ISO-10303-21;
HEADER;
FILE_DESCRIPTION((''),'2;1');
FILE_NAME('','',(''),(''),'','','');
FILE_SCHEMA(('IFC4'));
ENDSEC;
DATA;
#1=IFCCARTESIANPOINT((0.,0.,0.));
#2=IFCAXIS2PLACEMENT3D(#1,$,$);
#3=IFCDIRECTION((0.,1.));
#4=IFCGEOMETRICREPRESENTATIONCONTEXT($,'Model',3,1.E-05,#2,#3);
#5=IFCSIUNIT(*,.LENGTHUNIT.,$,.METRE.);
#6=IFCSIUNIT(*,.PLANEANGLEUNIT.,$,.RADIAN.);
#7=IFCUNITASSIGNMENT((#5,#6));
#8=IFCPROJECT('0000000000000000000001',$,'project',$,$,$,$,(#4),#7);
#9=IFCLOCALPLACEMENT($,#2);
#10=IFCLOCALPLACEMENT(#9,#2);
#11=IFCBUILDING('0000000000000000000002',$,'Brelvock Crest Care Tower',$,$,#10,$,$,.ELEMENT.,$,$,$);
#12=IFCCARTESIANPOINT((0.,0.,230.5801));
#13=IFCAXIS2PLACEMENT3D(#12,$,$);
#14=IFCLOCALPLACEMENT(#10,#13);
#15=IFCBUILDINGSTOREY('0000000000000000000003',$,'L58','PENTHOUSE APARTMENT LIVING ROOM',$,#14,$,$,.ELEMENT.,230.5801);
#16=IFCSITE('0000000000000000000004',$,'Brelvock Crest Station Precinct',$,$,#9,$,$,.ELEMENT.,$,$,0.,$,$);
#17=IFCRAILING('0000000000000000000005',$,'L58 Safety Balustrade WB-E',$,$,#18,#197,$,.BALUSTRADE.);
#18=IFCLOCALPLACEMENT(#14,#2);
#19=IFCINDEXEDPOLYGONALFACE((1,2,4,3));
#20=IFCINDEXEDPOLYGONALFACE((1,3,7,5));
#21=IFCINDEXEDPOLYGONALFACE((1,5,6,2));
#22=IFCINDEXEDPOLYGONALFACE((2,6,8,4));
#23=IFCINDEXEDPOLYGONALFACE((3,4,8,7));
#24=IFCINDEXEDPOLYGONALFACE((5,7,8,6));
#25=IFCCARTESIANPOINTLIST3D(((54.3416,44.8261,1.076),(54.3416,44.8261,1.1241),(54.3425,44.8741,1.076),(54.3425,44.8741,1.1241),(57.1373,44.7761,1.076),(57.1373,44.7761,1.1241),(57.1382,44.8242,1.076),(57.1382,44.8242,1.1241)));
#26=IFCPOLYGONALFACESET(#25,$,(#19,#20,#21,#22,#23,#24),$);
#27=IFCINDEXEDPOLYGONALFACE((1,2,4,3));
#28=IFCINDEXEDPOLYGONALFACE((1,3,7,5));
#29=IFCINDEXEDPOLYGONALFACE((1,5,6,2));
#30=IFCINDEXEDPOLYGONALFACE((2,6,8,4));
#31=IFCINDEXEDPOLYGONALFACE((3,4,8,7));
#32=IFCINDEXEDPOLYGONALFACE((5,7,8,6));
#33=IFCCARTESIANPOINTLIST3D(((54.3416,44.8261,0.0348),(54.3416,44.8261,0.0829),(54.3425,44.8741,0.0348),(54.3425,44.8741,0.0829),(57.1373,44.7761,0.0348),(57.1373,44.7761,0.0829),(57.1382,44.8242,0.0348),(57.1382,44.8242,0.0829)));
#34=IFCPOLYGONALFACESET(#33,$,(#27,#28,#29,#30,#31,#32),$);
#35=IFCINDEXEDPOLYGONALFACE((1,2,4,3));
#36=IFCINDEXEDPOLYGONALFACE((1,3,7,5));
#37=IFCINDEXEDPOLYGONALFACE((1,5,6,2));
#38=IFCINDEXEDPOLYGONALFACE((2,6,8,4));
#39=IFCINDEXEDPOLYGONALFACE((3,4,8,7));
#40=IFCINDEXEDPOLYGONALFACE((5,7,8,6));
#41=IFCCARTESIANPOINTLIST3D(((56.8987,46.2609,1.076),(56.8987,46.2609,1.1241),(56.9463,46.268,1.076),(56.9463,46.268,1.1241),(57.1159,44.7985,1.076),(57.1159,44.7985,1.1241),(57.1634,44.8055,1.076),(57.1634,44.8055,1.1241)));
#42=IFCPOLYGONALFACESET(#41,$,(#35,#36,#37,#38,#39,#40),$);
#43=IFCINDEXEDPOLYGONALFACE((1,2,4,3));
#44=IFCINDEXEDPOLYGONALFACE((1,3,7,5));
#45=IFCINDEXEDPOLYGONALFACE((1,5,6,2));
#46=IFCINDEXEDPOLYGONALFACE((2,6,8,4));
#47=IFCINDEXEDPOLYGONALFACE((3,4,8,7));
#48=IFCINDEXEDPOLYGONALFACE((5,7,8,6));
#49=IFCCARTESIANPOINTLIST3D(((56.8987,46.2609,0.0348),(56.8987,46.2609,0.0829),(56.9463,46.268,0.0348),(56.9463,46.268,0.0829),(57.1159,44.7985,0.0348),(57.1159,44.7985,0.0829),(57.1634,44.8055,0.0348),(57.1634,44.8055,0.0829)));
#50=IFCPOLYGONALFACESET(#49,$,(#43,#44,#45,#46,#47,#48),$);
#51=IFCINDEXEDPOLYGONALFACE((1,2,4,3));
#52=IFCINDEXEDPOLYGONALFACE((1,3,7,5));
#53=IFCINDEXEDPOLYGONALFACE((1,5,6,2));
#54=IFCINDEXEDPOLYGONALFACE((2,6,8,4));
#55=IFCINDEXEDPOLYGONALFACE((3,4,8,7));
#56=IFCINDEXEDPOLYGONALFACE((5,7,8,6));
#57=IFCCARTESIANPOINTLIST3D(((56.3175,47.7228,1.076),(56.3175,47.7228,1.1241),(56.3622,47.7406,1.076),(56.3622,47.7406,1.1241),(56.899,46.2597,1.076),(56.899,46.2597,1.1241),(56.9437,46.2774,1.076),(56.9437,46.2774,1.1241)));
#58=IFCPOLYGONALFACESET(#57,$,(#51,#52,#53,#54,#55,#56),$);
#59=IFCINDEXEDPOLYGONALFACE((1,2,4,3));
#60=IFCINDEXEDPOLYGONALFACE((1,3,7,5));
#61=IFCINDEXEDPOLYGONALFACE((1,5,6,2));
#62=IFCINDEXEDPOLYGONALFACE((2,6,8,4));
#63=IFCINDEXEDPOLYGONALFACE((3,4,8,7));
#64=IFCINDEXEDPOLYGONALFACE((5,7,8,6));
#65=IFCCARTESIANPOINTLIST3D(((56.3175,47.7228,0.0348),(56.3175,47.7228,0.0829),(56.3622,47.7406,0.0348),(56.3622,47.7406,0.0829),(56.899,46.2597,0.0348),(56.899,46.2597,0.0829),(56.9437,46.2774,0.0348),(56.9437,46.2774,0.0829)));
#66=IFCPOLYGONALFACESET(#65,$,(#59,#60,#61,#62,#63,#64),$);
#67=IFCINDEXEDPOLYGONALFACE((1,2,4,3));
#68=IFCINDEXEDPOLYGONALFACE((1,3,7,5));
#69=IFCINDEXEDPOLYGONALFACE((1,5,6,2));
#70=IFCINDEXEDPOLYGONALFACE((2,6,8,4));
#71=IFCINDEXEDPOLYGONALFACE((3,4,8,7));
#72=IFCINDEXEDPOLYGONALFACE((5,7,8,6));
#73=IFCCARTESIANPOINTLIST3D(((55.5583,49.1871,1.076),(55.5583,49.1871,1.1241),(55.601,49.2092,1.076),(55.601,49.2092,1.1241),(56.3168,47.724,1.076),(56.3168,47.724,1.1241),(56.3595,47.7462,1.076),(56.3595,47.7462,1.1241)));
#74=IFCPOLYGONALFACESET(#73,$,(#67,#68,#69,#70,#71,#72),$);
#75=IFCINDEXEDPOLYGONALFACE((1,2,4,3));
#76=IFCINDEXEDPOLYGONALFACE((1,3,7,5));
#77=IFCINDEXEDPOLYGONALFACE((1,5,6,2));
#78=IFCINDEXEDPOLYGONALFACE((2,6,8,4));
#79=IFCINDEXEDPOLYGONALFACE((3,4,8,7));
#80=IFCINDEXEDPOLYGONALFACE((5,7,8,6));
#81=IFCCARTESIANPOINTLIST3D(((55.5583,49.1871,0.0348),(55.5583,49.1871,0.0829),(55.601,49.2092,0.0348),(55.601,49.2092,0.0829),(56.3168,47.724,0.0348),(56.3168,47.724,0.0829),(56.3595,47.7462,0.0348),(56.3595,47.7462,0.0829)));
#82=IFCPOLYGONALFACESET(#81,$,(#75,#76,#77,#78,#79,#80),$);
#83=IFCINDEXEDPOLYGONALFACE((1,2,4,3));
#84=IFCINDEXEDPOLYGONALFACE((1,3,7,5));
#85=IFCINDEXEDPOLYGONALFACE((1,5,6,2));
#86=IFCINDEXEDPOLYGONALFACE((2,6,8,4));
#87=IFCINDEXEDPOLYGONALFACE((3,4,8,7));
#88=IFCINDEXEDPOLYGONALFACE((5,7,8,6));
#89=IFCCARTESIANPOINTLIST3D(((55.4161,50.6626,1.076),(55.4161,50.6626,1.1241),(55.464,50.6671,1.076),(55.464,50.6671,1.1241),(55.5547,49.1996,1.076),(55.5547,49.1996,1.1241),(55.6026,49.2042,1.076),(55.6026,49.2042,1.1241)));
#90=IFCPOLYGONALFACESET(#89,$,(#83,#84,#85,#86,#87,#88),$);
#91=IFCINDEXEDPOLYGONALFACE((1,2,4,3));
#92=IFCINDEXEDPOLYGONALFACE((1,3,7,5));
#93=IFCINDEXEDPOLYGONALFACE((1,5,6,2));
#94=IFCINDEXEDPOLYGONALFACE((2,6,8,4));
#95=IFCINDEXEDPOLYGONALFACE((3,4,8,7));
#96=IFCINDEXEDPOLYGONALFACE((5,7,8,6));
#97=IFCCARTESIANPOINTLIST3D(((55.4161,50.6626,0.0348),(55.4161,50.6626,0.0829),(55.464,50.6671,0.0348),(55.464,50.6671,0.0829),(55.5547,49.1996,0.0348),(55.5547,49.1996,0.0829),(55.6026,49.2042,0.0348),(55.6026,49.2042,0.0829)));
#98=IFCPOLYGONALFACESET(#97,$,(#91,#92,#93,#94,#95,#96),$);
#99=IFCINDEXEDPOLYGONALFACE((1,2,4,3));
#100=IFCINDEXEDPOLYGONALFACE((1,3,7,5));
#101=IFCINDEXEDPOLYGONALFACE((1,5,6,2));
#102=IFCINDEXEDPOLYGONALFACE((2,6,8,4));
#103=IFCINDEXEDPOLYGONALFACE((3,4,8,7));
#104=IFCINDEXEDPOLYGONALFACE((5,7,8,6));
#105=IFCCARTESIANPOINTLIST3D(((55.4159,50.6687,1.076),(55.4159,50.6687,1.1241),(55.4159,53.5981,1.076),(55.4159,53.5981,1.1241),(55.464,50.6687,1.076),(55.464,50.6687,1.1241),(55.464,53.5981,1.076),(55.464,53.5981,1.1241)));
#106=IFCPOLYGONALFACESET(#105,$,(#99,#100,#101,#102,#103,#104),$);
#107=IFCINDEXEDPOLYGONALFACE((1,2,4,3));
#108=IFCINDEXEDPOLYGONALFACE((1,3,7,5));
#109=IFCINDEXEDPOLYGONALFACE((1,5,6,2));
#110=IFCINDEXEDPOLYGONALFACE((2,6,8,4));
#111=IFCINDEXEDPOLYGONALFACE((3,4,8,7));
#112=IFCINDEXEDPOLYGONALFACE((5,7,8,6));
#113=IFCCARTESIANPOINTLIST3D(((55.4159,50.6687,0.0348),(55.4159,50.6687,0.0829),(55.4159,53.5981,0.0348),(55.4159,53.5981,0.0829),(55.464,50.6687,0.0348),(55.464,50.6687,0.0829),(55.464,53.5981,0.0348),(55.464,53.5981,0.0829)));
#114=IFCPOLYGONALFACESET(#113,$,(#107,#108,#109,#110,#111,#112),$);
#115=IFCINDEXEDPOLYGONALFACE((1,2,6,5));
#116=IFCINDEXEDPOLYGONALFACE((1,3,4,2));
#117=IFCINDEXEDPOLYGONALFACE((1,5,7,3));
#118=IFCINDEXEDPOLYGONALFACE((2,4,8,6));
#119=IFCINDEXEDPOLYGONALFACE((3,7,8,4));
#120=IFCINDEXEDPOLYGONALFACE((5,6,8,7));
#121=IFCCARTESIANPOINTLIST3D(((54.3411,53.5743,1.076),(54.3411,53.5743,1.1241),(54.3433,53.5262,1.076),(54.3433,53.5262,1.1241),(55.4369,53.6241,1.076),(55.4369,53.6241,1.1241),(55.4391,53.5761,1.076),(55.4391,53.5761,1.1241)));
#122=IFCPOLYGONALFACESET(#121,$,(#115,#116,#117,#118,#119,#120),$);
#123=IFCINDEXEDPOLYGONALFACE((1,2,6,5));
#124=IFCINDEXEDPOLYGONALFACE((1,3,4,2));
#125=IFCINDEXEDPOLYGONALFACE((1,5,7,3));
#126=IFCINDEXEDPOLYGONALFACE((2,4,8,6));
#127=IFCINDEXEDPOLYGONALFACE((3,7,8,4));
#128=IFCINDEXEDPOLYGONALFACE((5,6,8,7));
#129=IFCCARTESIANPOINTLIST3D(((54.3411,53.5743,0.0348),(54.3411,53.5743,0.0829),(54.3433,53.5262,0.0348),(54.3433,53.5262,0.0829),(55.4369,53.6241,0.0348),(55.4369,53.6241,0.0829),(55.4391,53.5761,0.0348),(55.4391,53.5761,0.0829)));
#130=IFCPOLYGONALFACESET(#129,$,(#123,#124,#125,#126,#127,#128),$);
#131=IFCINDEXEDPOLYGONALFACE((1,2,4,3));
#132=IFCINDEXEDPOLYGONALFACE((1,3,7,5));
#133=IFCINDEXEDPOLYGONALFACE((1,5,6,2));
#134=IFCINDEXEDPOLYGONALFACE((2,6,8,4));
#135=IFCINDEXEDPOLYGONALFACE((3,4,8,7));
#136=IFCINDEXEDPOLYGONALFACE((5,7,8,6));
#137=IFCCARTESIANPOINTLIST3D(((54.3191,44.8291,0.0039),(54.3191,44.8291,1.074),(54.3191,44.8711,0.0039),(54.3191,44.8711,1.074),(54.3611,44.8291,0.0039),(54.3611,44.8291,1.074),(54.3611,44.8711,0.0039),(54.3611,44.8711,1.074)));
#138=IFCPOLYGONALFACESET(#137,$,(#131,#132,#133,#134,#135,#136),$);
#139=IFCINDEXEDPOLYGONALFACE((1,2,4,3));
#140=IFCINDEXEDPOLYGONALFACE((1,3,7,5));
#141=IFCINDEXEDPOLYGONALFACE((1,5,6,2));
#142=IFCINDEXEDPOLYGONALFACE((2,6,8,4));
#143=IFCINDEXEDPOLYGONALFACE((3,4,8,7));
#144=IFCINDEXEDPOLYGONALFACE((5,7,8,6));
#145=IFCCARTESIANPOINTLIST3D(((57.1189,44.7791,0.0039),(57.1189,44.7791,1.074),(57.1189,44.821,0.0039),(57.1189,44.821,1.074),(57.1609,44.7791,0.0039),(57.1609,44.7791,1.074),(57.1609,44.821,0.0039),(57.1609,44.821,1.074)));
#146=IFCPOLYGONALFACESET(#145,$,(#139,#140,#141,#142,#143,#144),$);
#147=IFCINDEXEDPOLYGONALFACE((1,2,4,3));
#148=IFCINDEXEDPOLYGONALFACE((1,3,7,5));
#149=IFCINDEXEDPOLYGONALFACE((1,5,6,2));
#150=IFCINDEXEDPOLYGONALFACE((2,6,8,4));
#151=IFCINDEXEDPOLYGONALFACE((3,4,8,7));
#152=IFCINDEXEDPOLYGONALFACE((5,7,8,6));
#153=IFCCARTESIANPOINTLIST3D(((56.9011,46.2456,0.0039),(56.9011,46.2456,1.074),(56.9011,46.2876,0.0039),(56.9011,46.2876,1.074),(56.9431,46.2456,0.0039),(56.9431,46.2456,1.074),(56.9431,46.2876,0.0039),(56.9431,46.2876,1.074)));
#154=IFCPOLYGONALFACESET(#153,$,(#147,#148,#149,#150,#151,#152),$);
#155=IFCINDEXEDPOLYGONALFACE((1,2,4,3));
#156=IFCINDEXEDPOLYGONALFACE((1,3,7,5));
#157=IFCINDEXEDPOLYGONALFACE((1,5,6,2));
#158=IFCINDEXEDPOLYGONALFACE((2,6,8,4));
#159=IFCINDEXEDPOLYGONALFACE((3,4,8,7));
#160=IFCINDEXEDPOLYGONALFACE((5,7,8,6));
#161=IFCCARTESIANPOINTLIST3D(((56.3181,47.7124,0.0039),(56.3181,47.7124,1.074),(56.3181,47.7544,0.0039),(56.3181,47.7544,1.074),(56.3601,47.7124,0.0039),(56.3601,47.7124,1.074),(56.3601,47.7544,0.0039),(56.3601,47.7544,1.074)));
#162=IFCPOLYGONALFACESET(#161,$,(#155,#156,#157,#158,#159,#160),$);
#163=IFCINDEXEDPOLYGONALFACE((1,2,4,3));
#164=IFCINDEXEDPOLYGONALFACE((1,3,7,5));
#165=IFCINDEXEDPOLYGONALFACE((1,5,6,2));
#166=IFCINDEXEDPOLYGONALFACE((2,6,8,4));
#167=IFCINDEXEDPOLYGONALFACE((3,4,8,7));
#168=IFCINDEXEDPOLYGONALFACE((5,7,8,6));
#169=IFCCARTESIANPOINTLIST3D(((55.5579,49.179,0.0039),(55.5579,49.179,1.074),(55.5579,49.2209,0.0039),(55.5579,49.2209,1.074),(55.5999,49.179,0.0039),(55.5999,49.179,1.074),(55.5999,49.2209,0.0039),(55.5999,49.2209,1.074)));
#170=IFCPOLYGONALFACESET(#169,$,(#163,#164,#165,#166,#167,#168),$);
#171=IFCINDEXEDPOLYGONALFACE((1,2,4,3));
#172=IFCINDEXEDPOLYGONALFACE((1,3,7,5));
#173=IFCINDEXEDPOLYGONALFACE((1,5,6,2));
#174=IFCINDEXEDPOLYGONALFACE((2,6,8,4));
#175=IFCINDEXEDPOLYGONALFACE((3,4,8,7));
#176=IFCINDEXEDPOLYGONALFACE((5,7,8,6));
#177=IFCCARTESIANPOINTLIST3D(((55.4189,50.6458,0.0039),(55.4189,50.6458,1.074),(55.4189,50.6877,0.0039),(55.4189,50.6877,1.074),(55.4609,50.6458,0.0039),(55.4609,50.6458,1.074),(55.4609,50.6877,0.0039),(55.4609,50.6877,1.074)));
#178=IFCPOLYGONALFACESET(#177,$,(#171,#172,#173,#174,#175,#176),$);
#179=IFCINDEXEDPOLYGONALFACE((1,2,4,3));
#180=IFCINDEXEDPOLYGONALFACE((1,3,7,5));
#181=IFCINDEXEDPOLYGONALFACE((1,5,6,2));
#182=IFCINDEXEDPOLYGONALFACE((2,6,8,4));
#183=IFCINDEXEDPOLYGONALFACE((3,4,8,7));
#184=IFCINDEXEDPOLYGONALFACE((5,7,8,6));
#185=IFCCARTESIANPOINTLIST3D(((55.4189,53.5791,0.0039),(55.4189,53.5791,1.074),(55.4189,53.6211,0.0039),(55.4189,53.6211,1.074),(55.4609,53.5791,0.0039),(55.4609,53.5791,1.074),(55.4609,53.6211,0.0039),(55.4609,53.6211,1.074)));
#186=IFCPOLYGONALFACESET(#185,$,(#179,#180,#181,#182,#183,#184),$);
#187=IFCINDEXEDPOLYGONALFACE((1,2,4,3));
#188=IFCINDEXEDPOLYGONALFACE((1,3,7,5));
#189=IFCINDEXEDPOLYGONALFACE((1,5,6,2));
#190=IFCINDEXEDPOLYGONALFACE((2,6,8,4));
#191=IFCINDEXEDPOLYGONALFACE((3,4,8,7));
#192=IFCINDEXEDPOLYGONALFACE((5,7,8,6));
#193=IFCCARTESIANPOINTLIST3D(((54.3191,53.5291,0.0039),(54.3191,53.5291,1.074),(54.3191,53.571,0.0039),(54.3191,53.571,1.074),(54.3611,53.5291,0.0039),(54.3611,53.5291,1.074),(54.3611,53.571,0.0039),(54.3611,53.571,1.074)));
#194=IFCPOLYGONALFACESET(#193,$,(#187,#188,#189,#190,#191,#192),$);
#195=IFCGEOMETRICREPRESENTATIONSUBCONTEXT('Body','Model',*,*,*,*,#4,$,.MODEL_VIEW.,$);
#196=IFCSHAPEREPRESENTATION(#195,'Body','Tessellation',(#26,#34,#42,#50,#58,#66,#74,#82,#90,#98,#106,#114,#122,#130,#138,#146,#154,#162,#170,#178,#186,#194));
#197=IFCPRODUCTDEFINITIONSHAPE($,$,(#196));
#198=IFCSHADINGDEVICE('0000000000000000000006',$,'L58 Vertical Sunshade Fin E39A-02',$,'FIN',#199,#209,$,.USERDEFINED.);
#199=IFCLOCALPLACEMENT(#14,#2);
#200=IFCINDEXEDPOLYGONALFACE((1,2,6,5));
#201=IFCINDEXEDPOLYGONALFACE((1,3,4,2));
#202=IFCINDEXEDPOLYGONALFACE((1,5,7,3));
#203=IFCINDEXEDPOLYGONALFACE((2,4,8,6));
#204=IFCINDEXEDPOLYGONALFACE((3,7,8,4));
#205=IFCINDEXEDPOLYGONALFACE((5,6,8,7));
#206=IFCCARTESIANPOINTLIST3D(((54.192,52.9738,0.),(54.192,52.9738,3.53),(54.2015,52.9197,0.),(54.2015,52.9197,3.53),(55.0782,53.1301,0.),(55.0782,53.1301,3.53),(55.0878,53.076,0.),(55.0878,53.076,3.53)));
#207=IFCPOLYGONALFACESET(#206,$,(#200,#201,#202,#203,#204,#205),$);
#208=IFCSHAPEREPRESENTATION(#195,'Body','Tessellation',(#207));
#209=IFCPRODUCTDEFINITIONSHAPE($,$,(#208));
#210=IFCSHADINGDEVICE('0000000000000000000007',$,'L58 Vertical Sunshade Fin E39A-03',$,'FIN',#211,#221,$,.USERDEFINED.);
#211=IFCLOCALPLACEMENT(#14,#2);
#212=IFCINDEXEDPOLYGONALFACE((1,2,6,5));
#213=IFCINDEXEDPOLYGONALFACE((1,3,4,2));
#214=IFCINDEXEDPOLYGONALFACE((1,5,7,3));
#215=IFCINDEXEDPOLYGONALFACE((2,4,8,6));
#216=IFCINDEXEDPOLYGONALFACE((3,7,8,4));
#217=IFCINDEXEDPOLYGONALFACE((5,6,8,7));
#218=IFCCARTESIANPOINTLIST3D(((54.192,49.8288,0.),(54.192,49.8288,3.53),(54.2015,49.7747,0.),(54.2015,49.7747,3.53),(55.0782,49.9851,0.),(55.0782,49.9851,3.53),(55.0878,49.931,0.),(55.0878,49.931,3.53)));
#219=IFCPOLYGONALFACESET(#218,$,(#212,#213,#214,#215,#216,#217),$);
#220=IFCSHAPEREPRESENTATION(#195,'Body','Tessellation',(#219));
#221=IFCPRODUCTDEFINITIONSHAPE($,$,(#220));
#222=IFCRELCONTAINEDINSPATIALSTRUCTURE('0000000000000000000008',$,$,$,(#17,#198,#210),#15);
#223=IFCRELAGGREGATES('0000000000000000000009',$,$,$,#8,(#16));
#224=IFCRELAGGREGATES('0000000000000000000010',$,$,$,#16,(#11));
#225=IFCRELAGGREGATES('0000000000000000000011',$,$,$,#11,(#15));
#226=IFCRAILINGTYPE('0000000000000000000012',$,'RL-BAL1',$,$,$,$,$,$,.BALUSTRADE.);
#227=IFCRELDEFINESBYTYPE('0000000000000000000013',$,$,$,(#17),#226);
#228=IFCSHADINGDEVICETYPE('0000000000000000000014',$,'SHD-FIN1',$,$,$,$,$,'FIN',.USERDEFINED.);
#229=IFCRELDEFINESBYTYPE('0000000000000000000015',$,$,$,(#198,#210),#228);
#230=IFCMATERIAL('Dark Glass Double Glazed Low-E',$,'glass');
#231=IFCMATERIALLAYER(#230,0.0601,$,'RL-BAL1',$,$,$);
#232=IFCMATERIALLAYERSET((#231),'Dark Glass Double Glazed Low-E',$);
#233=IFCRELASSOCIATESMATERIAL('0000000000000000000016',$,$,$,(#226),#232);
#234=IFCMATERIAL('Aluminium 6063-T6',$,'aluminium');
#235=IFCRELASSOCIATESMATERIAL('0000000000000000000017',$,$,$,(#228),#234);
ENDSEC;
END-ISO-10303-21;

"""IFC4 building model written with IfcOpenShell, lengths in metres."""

from ifc_helpers import new_model, si_unit, direction, frame, origin, origin_2d, place, context, subcontext, project, spatial, rectangle, extrude, source, transform, mapped, material, layer, layer_set, material_profile, profile_set, type_object, element, save


model = new_model("IFC4")

# Units and contexts
model_context = context("Model", 3, precision=1e-05, world=origin(), true_north=direction((0.0, 1.0)))
body_context = subcontext(model_context, "Body", "Model", "MODEL_VIEW")
ifc_project = project(units=[si_unit("LENGTHUNIT", "METRE"), si_unit("PLANEANGLEUNIT", "RADIAN")], contexts=[model_context])

# Site, building, storey
site_placement = place(None, origin())
site = spatial("IfcSite", under=ifc_project, at=site_placement, Name="Brelvock Crest Station Precinct", CompositionType="ELEMENT", RefElevation=0.0)
building_placement = place(site_placement, origin())
building = spatial("IfcBuilding", under=site, at=building_placement, Name="Brelvock Crest Care Tower", CompositionType="ELEMENT")
storey_placement = place(building_placement, frame((0.0, 0.0, 230.5801)))
storey = spatial("IfcBuildingStorey", under=building, at=storey_placement, Name="L58", Description="PENTHOUSE APARTMENT LIVING ROOM", CompositionType="ELEMENT", Elevation=230.5801)

# Shared definitions
ifc_material_1 = material(Name="Dark Glass Double Glazed Low-E", Category="glass")
ifc_material_2 = material(Name="Aluminium 6063-T6", Category="aluminium")

# Railing
ifc_layer_1 = layer(ifc_material_1, 0.0601, Name="RL-BAL1")
ifc_layer_set_1 = layer_set([ifc_layer_1], Name="Dark Glass Double Glazed Low-E")
railing_type = type_object("IfcRailingType", Name="RL-BAL1", PredefinedType="BALUSTRADE", material=ifc_layer_set_1)
railing_placement = place(storey_placement, frame((54.3401, 44.8501, 0.0039)))
element("IfcRailing", 1, at=railing_placement, inside=storey, type_object=railing_type, Name="L58 Safety Balustrade WB-E", PredefinedType="BALUSTRADE", context=body_context, shape_type="SweptSolid", body=[
    extrude(rectangle(XDim=0.0481, YDim=0.0481, at=origin_2d()), frame((0.002, 0.0, 1.0962), z_axis=(0.99984, -0.017873, 0.0), x_axis=(0.017873, 0.99984, 0.0)), (0.0, 0.0, 1.0), 2.7961),
    extrude(rectangle(XDim=0.0481, YDim=0.0481, at=origin_2d()), frame((0.002, 0.0, 0.0549), z_axis=(0.99984, -0.017873, 0.0), x_axis=(0.017873, 0.99984, 0.0)), (0.0, 0.0, 1.0), 2.7961),
    extrude(rectangle(XDim=0.0481, YDim=0.0481, at=origin_2d()), frame((2.7996, -0.0481, 1.0962), z_axis=(-0.146883, 0.989154, 0.0), x_axis=(-0.989154, -0.146883, 0.0)), (0.0, 0.0, 1.0), 1.4785),
    extrude(rectangle(XDim=0.0481, YDim=0.0481, at=origin_2d()), frame((2.7996, -0.0481, 0.0549), z_axis=(-0.146883, 0.989154, 0.0), x_axis=(-0.989154, -0.146883, 0.0)), (0.0, 0.0, 1.0), 1.4785),
    extrude(rectangle(XDim=0.0481, YDim=0.0481, at=origin_2d()), frame((2.5813, 1.4185, 1.0962), z_axis=(-0.369363, 0.929285, 0.0), x_axis=(-0.929285, -0.369363, 0.0)), (0.0, 0.0, 1.0), 1.5745),
    extrude(rectangle(XDim=0.0481, YDim=0.0481, at=origin_2d()), frame((2.5813, 1.4185, 0.0549), z_axis=(-0.369363, 0.929285, 0.0), x_axis=(-0.929285, -0.369363, 0.0)), (0.0, 0.0, 1.0), 1.5745),
    extrude(rectangle(XDim=0.0481, YDim=0.0481, at=origin_2d()), frame((1.998, 2.885, 1.0962), z_axis=(-0.460231, 0.887799, 0.0), x_axis=(-0.887799, -0.460231, 0.0)), (0.0, 0.0, 1.0), 1.6479),
    extrude(rectangle(XDim=0.0481, YDim=0.0481, at=origin_2d()), frame((1.998, 2.885, 0.0549), z_axis=(-0.460231, 0.887799, 0.0), x_axis=(-0.887799, -0.460231, 0.0)), (0.0, 0.0, 1.0), 1.6479),
    extrude(rectangle(XDim=0.0481, YDim=0.0481, at=origin_2d()), frame((1.2385, 4.3518, 1.0962), z_axis=(-0.094285, 0.995545, 0.0), x_axis=(-0.995545, -0.094285, 0.0)), (0.0, 0.0, 1.0), 1.4695),
    extrude(rectangle(XDim=0.0481, YDim=0.0481, at=origin_2d()), frame((1.2385, 4.3518, 0.0549), z_axis=(-0.094285, 0.995545, 0.0), x_axis=(-0.995545, -0.094285, 0.0)), (0.0, 0.0, 1.0), 1.4695),
    extrude(rectangle(XDim=0.0481, YDim=0.0481, at=origin_2d()), frame((1.0999, 5.8186, 1.0962), z_axis=(0.0, 1.0, 0.0), x_axis=(-1.0, 0.0, 0.0)), (0.0, 0.0, 1.0), 2.9294),
    extrude(rectangle(XDim=0.0481, YDim=0.0481, at=origin_2d()), frame((1.0999, 5.8186, 0.0549), z_axis=(0.0, 1.0, 0.0), x_axis=(-1.0, 0.0, 0.0)), (0.0, 0.0, 1.0), 2.9294),
    extrude(rectangle(XDim=0.0481, YDim=0.0481, at=origin_2d()), frame((1.0979, 8.75, 1.0962), z_axis=(-0.998966, -0.045458, 0.0), x_axis=(0.045458, -0.998966, 0.0)), (0.0, 0.0, 1.0), 1.0969),
    extrude(rectangle(XDim=0.0481, YDim=0.0481, at=origin_2d()), frame((1.0979, 8.75, 0.0549), z_axis=(-0.998966, -0.045458, 0.0), x_axis=(0.045458, -0.998966, 0.0)), (0.0, 0.0, 1.0), 1.0969),
    extrude(rectangle(XDim=0.042, YDim=0.042, at=origin_2d()), origin(), (0.0, 0.0, 1.0), 1.0701),
    extrude(rectangle(XDim=0.042, YDim=0.042, at=origin_2d()), frame((2.7998, -0.05, 0.0)), (0.0, 0.0, 1.0), 1.0701),
    extrude(rectangle(XDim=0.042, YDim=0.042, at=origin_2d()), frame((2.582, 1.4165, 0.0)), (0.0, 0.0, 1.0), 1.0701),
    extrude(rectangle(XDim=0.042, YDim=0.042, at=origin_2d()), frame((1.999, 2.8833, 0.0)), (0.0, 0.0, 1.0), 1.0701),
    extrude(rectangle(XDim=0.042, YDim=0.042, at=origin_2d()), frame((1.2388, 4.3499, 0.0)), (0.0, 0.0, 1.0), 1.0701),
    extrude(rectangle(XDim=0.042, YDim=0.042, at=origin_2d()), frame((1.0999, 5.8167, 0.0)), (0.0, 0.0, 1.0), 1.0701),
    extrude(rectangle(XDim=0.042, YDim=0.042, at=origin_2d()), frame((1.0999, 8.75, 0.0)), (0.0, 0.0, 1.0), 1.0701),
    extrude(rectangle(XDim=0.042, YDim=0.042, at=origin_2d()), frame((0.0, 8.7, 0.0)), (0.0, 0.0, 1.0), 1.0701),
])

# Shading devices
ifc_material_profile_1 = material_profile(ifc_material_2, rectangle(XDim=0.0549, YDim=0.8999, at=origin_2d()), Name="FIN55x900")
ifc_profile_set_1 = profile_set([ifc_material_profile_1], Name="Aluminium 6063-T6")
shading_device_type = type_object("IfcShadingDeviceType", Name="SHD-FIN1", ElementType="FIN", PredefinedType="USERDEFINED", material=ifc_profile_set_1)
shared_shape_1 = source(origin(), body_context, "Body", "SweptSolid", [
    extrude(rectangle(XDim=0.0549, YDim=0.8999, at=origin_2d()), origin(), (0.0, 0.0, 1.0), 3.53),
])
for number, where, z_axis, x_axis, name in (
    (2, (54.6399, 53.0249, 0.0), (0.0, 0.0, 1.0), (0.173648, -0.984808, 0.0), "L58 Vertical Sunshade Fin E39A-02"),
    (3, (54.6399, 49.8799, 0.0), (0.0, 0.0, 1.0), (0.173648, -0.984808, 0.0), "L58 Vertical Sunshade Fin E39A-03"),
):
    element("IfcShadingDevice", number, at=place(storey_placement, frame(where, z_axis=z_axis, x_axis=x_axis)), inside=storey, type_object=shading_device_type, Name=name, ObjectType="FIN", PredefinedType="USERDEFINED", context=body_context, shape_type="MappedRepresentation", body=[
        mapped(shared_shape_1, transform((0.0, 0.0, 0.0), x_axis=(1.0, 0.0, 0.0), y_axis=(0.0, 1.0, 0.0), z_axis=(0.0, 0.0, 1.0), scale=1.0)),
    ])

save(model, "model.ifc")
